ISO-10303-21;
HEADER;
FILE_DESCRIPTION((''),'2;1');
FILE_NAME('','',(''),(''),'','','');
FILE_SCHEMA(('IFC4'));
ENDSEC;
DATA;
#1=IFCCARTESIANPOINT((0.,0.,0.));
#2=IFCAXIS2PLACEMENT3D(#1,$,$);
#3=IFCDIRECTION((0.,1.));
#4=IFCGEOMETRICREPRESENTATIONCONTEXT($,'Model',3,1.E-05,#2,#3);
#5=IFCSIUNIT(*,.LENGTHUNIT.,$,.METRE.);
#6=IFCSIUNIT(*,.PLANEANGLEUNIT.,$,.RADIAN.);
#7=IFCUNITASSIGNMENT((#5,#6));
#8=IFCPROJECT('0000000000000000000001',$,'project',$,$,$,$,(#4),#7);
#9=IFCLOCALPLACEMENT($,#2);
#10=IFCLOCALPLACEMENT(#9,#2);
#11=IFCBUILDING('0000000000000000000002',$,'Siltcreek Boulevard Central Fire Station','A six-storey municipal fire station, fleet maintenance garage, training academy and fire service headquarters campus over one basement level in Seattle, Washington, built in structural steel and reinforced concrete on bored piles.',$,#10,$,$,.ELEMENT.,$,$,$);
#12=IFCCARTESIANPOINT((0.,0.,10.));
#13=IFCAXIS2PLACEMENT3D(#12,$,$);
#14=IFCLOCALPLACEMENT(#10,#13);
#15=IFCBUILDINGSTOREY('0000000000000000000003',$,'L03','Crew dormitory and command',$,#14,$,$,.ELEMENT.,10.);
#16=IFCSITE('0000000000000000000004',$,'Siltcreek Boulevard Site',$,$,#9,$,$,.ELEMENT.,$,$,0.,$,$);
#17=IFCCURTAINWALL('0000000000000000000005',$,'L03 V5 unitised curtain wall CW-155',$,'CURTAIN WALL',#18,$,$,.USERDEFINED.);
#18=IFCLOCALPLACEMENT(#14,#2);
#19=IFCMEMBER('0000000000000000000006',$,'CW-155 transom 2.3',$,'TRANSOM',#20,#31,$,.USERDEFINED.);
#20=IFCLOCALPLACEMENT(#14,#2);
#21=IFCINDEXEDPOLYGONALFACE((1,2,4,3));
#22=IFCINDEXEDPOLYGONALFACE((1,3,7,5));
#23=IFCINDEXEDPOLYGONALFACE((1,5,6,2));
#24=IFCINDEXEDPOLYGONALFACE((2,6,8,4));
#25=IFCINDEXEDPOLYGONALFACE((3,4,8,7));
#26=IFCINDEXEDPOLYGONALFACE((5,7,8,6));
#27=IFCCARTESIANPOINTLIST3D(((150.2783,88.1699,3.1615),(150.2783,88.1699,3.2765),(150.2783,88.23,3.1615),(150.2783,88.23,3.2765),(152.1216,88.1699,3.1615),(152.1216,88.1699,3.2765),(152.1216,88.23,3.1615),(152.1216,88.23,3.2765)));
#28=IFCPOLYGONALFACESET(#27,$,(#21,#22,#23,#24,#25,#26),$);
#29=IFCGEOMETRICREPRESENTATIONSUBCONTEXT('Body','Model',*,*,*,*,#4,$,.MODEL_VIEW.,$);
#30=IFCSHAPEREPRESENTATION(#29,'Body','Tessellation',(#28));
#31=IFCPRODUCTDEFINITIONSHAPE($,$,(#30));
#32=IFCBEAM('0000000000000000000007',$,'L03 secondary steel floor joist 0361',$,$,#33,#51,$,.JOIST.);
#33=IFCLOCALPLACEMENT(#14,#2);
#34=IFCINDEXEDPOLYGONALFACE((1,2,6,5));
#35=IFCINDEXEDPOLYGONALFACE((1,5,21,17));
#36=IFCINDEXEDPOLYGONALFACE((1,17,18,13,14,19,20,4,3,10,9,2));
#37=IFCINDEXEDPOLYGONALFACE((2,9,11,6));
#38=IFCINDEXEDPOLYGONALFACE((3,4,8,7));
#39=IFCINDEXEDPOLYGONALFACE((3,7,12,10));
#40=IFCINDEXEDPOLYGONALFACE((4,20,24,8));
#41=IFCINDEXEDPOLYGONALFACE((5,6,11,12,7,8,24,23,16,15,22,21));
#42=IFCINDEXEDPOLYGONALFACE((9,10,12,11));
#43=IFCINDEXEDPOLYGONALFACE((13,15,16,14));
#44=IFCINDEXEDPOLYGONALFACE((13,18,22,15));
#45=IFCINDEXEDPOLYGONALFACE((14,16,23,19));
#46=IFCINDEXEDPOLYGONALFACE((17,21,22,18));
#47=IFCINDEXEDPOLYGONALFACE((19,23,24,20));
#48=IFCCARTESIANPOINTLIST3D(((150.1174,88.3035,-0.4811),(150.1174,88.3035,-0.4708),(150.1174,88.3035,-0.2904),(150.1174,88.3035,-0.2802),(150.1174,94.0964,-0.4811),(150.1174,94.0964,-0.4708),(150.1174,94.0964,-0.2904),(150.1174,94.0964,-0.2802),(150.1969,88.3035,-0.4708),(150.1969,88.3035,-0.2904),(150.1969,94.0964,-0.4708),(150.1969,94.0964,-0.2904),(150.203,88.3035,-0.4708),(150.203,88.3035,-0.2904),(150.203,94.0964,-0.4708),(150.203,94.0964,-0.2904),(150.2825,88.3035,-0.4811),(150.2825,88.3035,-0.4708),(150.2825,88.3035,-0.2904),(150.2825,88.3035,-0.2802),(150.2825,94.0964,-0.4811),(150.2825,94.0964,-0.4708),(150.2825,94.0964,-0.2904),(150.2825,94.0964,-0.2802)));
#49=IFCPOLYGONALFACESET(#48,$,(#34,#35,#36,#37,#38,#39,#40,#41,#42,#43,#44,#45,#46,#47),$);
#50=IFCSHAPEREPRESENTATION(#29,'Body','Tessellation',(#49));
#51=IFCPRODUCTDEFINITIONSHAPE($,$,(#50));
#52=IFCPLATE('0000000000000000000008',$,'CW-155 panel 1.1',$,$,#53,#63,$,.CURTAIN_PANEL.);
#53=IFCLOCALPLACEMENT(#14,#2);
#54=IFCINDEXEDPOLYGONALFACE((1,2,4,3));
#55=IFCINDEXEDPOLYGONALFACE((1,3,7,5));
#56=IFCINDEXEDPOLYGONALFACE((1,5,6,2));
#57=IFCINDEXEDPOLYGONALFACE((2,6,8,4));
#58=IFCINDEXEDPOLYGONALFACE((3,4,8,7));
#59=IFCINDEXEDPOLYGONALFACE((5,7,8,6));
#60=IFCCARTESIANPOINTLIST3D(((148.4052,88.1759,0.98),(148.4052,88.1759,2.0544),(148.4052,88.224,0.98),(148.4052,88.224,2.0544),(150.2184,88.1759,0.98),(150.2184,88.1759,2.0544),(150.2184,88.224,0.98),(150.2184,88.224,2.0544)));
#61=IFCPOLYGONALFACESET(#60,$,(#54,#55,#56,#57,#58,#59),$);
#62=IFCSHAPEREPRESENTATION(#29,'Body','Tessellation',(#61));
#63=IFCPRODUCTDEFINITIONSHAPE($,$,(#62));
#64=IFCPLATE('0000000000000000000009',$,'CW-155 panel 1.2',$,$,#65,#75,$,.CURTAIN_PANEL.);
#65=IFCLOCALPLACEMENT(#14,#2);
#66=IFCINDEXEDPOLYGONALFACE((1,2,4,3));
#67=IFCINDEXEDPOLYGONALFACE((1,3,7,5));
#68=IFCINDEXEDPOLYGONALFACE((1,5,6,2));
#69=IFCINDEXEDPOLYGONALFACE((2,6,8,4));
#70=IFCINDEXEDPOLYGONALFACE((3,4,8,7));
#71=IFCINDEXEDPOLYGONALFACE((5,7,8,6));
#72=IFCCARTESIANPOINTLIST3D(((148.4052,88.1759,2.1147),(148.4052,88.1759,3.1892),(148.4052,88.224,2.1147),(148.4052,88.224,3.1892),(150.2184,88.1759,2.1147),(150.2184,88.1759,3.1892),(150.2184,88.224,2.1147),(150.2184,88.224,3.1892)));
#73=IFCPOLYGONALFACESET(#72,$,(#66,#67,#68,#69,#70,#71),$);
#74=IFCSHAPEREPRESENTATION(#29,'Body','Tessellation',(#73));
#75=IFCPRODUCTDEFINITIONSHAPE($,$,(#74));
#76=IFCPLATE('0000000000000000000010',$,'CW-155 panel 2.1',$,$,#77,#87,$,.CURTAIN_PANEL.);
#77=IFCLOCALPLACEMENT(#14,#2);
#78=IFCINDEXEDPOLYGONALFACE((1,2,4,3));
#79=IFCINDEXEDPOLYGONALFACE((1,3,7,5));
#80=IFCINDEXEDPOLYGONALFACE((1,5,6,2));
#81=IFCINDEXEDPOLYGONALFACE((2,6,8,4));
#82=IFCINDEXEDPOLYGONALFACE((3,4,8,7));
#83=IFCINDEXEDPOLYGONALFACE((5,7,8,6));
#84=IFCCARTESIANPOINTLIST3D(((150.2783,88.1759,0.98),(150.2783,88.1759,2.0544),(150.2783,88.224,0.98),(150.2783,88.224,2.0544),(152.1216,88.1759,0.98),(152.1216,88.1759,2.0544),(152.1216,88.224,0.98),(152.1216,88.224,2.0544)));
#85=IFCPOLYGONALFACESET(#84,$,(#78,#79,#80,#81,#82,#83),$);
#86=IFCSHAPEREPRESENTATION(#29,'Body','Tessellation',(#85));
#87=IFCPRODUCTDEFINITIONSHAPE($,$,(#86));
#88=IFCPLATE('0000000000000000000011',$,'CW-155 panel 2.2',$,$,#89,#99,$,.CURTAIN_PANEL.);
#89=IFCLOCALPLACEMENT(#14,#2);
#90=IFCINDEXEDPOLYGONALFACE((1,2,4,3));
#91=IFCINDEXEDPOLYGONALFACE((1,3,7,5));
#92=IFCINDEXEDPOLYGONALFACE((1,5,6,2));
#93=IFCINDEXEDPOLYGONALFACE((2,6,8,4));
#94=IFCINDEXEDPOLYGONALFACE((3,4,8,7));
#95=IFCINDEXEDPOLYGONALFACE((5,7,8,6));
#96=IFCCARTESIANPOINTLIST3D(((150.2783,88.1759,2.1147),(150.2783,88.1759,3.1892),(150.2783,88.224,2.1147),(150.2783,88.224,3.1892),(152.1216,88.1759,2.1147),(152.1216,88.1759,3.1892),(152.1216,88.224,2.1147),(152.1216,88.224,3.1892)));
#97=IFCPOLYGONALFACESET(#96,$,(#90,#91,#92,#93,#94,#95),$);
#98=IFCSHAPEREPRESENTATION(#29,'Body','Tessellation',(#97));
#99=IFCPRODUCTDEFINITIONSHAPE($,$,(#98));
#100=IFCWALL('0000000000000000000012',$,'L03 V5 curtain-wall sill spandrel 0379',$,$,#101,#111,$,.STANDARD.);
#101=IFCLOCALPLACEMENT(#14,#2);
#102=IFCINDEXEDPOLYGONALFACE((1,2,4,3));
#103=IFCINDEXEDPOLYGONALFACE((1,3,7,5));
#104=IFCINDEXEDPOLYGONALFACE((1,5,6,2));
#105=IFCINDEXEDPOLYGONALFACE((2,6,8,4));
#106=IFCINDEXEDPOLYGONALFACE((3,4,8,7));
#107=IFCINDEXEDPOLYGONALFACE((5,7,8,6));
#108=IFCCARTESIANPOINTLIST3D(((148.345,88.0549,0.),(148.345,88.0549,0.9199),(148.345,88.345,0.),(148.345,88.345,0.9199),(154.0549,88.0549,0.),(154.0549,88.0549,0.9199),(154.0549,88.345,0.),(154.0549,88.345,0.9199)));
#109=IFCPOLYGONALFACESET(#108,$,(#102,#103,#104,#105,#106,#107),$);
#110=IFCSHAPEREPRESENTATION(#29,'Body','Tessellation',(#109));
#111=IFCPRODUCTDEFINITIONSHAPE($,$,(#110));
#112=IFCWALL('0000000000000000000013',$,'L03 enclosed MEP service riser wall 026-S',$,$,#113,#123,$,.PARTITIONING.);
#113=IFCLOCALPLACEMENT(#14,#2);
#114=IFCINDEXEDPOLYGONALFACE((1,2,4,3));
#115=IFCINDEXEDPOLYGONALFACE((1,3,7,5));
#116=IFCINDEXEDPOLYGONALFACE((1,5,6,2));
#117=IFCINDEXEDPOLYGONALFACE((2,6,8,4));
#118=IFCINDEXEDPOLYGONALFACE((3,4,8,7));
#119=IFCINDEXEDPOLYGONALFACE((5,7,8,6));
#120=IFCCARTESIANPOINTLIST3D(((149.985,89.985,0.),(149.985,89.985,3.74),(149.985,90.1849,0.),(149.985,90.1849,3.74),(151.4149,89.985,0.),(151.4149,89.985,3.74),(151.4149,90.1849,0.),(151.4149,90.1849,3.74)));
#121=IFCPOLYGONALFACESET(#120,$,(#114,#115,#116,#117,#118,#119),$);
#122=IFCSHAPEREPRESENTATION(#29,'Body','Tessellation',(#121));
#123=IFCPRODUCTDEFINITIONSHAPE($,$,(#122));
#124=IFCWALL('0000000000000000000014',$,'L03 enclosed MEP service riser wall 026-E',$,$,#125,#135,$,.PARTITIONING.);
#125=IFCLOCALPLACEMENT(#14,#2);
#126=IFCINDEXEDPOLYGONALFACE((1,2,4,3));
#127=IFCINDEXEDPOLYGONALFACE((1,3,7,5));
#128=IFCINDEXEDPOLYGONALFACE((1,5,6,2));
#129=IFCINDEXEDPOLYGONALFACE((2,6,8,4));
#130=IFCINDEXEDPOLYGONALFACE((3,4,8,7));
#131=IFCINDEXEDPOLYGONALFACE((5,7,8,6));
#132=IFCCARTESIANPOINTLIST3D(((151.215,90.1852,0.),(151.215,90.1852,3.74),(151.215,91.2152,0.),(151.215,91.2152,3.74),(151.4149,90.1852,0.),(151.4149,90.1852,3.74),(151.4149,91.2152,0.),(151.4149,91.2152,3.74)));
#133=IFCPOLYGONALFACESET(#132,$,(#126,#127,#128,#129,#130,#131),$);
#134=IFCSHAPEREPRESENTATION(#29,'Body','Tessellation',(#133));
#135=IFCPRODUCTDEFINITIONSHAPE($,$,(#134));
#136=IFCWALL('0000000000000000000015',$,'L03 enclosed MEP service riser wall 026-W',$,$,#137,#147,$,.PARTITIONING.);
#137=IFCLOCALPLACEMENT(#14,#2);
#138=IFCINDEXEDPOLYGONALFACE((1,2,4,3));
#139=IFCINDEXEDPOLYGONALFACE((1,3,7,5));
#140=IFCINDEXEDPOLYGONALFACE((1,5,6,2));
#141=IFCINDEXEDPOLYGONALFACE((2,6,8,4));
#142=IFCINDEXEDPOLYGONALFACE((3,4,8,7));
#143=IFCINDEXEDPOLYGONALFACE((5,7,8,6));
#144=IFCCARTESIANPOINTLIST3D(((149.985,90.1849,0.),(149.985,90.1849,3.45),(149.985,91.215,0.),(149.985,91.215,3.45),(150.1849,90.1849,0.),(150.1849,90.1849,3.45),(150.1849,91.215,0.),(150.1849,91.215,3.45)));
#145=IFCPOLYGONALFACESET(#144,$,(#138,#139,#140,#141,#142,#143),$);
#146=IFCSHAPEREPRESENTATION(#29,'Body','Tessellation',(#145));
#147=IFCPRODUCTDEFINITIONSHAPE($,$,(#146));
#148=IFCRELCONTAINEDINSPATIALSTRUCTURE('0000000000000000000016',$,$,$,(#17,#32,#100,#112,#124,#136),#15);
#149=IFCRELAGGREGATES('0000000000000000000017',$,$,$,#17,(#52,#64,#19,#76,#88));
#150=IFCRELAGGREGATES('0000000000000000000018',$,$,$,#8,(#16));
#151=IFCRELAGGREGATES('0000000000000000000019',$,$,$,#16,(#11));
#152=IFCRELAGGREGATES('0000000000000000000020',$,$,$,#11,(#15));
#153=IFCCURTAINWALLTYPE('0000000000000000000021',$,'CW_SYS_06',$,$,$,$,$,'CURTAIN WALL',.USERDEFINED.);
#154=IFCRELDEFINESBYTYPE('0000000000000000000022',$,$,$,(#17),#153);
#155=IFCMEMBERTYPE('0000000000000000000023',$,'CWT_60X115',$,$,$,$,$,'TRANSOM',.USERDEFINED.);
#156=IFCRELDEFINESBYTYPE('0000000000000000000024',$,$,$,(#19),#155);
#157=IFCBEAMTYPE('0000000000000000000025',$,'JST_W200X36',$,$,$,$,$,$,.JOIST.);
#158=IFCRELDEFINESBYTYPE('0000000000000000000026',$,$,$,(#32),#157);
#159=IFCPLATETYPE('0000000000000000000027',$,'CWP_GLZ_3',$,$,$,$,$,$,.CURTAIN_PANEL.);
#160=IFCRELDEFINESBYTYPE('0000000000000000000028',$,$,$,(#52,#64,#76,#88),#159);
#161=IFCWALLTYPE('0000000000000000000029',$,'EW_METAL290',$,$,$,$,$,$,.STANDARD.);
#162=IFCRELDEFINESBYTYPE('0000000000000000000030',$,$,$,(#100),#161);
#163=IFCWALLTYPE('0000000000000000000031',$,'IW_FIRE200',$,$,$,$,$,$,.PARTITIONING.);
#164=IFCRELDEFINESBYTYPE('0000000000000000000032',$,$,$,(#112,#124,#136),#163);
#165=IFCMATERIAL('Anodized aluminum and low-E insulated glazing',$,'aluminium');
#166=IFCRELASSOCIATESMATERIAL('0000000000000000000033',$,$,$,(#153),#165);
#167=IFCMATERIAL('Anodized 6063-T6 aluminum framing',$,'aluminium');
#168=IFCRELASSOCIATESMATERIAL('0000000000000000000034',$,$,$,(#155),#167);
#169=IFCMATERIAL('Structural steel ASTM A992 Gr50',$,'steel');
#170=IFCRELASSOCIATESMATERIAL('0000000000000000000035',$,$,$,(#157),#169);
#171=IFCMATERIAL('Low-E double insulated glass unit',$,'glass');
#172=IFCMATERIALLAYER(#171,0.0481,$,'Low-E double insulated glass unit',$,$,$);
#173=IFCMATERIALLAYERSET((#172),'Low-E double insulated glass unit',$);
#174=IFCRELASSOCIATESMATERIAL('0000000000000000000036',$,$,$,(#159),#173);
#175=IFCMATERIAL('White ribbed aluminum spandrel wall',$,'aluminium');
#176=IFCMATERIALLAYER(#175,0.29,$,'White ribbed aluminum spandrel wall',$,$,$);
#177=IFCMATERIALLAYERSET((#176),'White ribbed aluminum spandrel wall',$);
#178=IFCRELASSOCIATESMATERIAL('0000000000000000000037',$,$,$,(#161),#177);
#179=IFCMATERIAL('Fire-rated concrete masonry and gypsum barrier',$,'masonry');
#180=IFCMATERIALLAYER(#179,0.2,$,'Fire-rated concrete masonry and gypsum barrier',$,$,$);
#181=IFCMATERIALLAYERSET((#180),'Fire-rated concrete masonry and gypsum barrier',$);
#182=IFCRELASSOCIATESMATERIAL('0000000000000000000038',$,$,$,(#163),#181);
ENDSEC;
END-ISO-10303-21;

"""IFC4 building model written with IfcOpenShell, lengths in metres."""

from ifc_helpers import new_model, si_unit, direction, frame, frame_2d, origin, origin_2d, place, context, subcontext, project, spatial, rectangle, i_section, extrude, material, layer, layer_set, material_profile, profile_set, type_object, element, aggregate, save


model = new_model("IFC4")

# Units and contexts
model_context = context("Model", 3, precision=1e-05, world=origin(), true_north=direction((0.0, 1.0)))
body_context = subcontext(model_context, "Body", "Model", "MODEL_VIEW")
ifc_project = project(units=[si_unit("LENGTHUNIT", "METRE"), si_unit("PLANEANGLEUNIT", "RADIAN")], contexts=[model_context])

# Site, building, storey
site_placement = place(None, origin())
site = spatial("IfcSite", under=ifc_project, at=site_placement, Name="Siltcreek Boulevard Site", CompositionType="ELEMENT", RefElevation=0.0)
building_placement = place(site_placement, origin())
building = spatial("IfcBuilding", under=site, at=building_placement, Name="Siltcreek Boulevard Central Fire Station", Description="A six-storey municipal fire station, fleet maintenance garage, training academy and fire service headquarters campus over one basement level in Seattle, Washington, built in structural steel and reinforced concrete on bored piles.", CompositionType="ELEMENT")
storey_placement = place(building_placement, frame((0.0, 0.0, 10.0)))
storey = spatial("IfcBuildingStorey", under=building, at=storey_placement, Name="L03", Description="Crew dormitory and command", CompositionType="ELEMENT", Elevation=10.0)

# Shared definitions
ifc_material_1 = material(Name="Structural steel ASTM A992 Gr50", Category="steel")

# Curtain wall
ifc_material_2 = material(Name="Anodized aluminum and low-E insulated glazing", Category="aluminium")
curtain_wall_type_1 = type_object("IfcCurtainWallType", Name="CW_SYS_06", ElementType="CURTAIN WALL", PredefinedType="USERDEFINED", material=ifc_material_2)
curtain_wall_1_placement = place(storey_placement, origin())
curtain_wall_1 = element("IfcCurtainWall", 1, at=curtain_wall_1_placement, inside=storey, type_object=curtain_wall_type_1, Name="L03 V5 unitised curtain wall CW-155", ObjectType="CURTAIN WALL", PredefinedType="USERDEFINED")
ifc_material_3 = material(Name="Anodized 6063-T6 aluminum framing", Category="aluminium")

# Member
ifc_material_profile_1 = material_profile(ifc_material_3, rectangle(XDim=0.0601, YDim=0.115, at=origin_2d()), Name="TRAN60X115")
ifc_profile_set_1 = profile_set([ifc_material_profile_1], Name="Anodized 6063-T6 aluminum framing")
member_type_1 = type_object("IfcMemberType", Name="CWT_60X115", ElementType="TRANSOM", PredefinedType="USERDEFINED", material=ifc_profile_set_1)
member_1_placement = place(storey_placement, frame((150.2783, 88.2, 3.219), z_axis=(1.0, 0.0, 0.0), x_axis=(0.0, 1.0, 0.0)))
member_1 = element("IfcMember", 2, at=member_1_placement, type_object=member_type_1, Name="CW-155 transom 2.3", ObjectType="TRANSOM", PredefinedType="USERDEFINED", context=body_context, shape_type="SweptSolid", body=[
    extrude(rectangle(XDim=0.0601, YDim=0.115, at=origin_2d()), origin(), (0.0, 0.0, 1.0), 1.8433),
])

# Beam
ifc_material_profile_2 = material_profile(ifc_material_1, i_section(OverallWidth=0.165, OverallDepth=0.2009, WebThickness=0.0061, FlangeThickness=0.0103, at=origin_2d()), Name="W200X36")
ifc_profile_set_2 = profile_set([ifc_material_profile_2], Name="Structural steel ASTM A992 Gr50")
beam_type_1 = type_object("IfcBeamType", Name="JST_W200X36", PredefinedType="JOIST", material=ifc_profile_set_2)
beam_1_placement = place(storey_placement, frame((150.2, 88.3035, -0.3806), z_axis=(0.0, 1.0, 0.0), x_axis=(-1.0, 0.0, 0.0)))
element("IfcBeam", 3, at=beam_1_placement, inside=storey, type_object=beam_type_1, Name="L03 secondary steel floor joist 0361", PredefinedType="JOIST", context=body_context, shape_type="SweptSolid", body=[
    extrude(i_section(OverallWidth=0.165, OverallDepth=0.2009, WebThickness=0.0061, FlangeThickness=0.0103, at=origin_2d()), origin(), (0.0, 0.0, 1.0), 5.793),
])

# Plates
ifc_material_4 = material(Name="Low-E double insulated glass unit", Category="glass")
ifc_layer_1 = layer(ifc_material_4, 0.0481, Name="Low-E double insulated glass unit")
ifc_layer_set_1 = layer_set([ifc_layer_1], Name="Low-E double insulated glass unit")
plate_type = type_object("IfcPlateType", Name="CWP_GLZ_3", PredefinedType="CURTAIN_PANEL", material=ifc_layer_set_1)
plate_1_placement = place(storey_placement, frame((149.3118, 88.2, 0.98), z_axis=(0.0, 0.0, 1.0), x_axis=(1.0, 0.0, 0.0)))
plate_1 = element("IfcPlate", 4, at=plate_1_placement, type_object=plate_type, Name="CW-155 panel 1.1", PredefinedType="CURTAIN_PANEL", context=body_context, shape_type="SweptSolid", body=[
    extrude(rectangle(XDim=1.8132, YDim=0.0481, at=origin_2d()), origin(), (0.0, 0.0, 1.0), 1.0745),
])
plate_2_placement = place(storey_placement, frame((149.3118, 88.2, 2.1147), z_axis=(0.0, 0.0, 1.0), x_axis=(1.0, 0.0, 0.0)))
plate_2 = element("IfcPlate", 5, at=plate_2_placement, type_object=plate_type, Name="CW-155 panel 1.2", PredefinedType="CURTAIN_PANEL", context=body_context, shape_type="SweptSolid", body=[
    extrude(rectangle(XDim=1.8132, YDim=0.0481, at=origin_2d()), origin(), (0.0, 0.0, 1.0), 1.0745),
])
plate_3_placement = place(storey_placement, frame((151.2, 88.2, 0.98), z_axis=(0.0, 0.0, 1.0), x_axis=(1.0, 0.0, 0.0)))
plate_3 = element("IfcPlate", 6, at=plate_3_placement, type_object=plate_type, Name="CW-155 panel 2.1", PredefinedType="CURTAIN_PANEL", context=body_context, shape_type="SweptSolid", body=[
    extrude(rectangle(XDim=1.8433, YDim=0.0481, at=origin_2d()), origin(), (0.0, 0.0, 1.0), 1.0745),
])
plate_4_placement = place(storey_placement, frame((151.2, 88.2, 2.1147), z_axis=(0.0, 0.0, 1.0), x_axis=(1.0, 0.0, 0.0)))
plate_4 = element("IfcPlate", 7, at=plate_4_placement, type_object=plate_type, Name="CW-155 panel 2.2", PredefinedType="CURTAIN_PANEL", context=body_context, shape_type="SweptSolid", body=[
    extrude(rectangle(XDim=1.8433, YDim=0.0481, at=origin_2d()), origin(), (0.0, 0.0, 1.0), 1.0745),
])
aggregate(curtain_wall_1, [plate_1, plate_2, member_1, plate_3, plate_4])

# Walls
ifc_material_5 = material(Name="White ribbed aluminum spandrel wall", Category="aluminium")
ifc_layer_2 = layer(ifc_material_5, 0.29, Name="White ribbed aluminum spandrel wall")
ifc_layer_set_2 = layer_set([ifc_layer_2], Name="White ribbed aluminum spandrel wall")
wall_type_1 = type_object("IfcWallType", Name="EW_METAL290", PredefinedType="STANDARD", material=ifc_layer_set_2)
wall_1_placement = place(storey_placement, frame((148.345, 88.2, 0.0), z_axis=(0.0, 0.0, 1.0), x_axis=(1.0, 0.0, 0.0)))
element("IfcWall", 8, at=wall_1_placement, inside=storey, type_object=wall_type_1, Name="L03 V5 curtain-wall sill spandrel 0379", PredefinedType="STANDARD", context=body_context, shape_type="SweptSolid", body=[
    extrude(rectangle(XDim=5.71, YDim=0.29, at=frame_2d((2.855, 0.0))), origin(), (0.0, 0.0, 1.0), 0.9199),
])
ifc_material_6 = material(Name="Fire-rated concrete masonry and gypsum barrier", Category="masonry")
ifc_layer_3 = layer(ifc_material_6, 0.2, Name="Fire-rated concrete masonry and gypsum barrier")
ifc_layer_set_3 = layer_set([ifc_layer_3], Name="Fire-rated concrete masonry and gypsum barrier")
wall_type_2 = type_object("IfcWallType", Name="IW_FIRE200", PredefinedType="PARTITIONING", material=ifc_layer_set_3)
wall_2_placement = place(storey_placement, frame((149.9851, 90.085, 0.0), z_axis=(0.0, 0.0, 1.0), x_axis=(1.0, 0.0, 0.0)))
element("IfcWall", 9, at=wall_2_placement, inside=storey, type_object=wall_type_2, Name="L03 enclosed MEP service riser wall 026-S", PredefinedType="PARTITIONING", context=body_context, shape_type="SweptSolid", body=[
    extrude(rectangle(XDim=1.4299, YDim=0.2, at=frame_2d((0.7148, 0.0))), origin(), (0.0, 0.0, 1.0), 3.74),
])
wall_3_placement = place(storey_placement, frame((151.3149, 90.1851, 0.0), z_axis=(0.0, 0.0, 1.0), x_axis=(0.0, 1.0, 0.0)))
element("IfcWall", 10, at=wall_3_placement, inside=storey, type_object=wall_type_2, Name="L03 enclosed MEP service riser wall 026-E", PredefinedType="PARTITIONING", context=body_context, shape_type="SweptSolid", body=[
    extrude(rectangle(XDim=1.03, YDim=0.2, at=frame_2d((0.5151, 0.0))), origin(), (0.0, 0.0, 1.0), 3.74),
])
wall_4_placement = place(storey_placement, frame((150.085, 91.2151, 0.0), z_axis=(0.0, 0.0, 1.0), x_axis=(0.0, -1.0, 0.0)))
element("IfcWall", 11, at=wall_4_placement, inside=storey, type_object=wall_type_2, Name="L03 enclosed MEP service riser wall 026-W", PredefinedType="PARTITIONING", context=body_context, shape_type="SweptSolid", body=[
    extrude(rectangle(XDim=1.03, YDim=0.2, at=frame_2d((0.5151, 0.0))), origin(), (0.0, 0.0, 1.0), 3.45),
])

save(model, "model.ifc")
